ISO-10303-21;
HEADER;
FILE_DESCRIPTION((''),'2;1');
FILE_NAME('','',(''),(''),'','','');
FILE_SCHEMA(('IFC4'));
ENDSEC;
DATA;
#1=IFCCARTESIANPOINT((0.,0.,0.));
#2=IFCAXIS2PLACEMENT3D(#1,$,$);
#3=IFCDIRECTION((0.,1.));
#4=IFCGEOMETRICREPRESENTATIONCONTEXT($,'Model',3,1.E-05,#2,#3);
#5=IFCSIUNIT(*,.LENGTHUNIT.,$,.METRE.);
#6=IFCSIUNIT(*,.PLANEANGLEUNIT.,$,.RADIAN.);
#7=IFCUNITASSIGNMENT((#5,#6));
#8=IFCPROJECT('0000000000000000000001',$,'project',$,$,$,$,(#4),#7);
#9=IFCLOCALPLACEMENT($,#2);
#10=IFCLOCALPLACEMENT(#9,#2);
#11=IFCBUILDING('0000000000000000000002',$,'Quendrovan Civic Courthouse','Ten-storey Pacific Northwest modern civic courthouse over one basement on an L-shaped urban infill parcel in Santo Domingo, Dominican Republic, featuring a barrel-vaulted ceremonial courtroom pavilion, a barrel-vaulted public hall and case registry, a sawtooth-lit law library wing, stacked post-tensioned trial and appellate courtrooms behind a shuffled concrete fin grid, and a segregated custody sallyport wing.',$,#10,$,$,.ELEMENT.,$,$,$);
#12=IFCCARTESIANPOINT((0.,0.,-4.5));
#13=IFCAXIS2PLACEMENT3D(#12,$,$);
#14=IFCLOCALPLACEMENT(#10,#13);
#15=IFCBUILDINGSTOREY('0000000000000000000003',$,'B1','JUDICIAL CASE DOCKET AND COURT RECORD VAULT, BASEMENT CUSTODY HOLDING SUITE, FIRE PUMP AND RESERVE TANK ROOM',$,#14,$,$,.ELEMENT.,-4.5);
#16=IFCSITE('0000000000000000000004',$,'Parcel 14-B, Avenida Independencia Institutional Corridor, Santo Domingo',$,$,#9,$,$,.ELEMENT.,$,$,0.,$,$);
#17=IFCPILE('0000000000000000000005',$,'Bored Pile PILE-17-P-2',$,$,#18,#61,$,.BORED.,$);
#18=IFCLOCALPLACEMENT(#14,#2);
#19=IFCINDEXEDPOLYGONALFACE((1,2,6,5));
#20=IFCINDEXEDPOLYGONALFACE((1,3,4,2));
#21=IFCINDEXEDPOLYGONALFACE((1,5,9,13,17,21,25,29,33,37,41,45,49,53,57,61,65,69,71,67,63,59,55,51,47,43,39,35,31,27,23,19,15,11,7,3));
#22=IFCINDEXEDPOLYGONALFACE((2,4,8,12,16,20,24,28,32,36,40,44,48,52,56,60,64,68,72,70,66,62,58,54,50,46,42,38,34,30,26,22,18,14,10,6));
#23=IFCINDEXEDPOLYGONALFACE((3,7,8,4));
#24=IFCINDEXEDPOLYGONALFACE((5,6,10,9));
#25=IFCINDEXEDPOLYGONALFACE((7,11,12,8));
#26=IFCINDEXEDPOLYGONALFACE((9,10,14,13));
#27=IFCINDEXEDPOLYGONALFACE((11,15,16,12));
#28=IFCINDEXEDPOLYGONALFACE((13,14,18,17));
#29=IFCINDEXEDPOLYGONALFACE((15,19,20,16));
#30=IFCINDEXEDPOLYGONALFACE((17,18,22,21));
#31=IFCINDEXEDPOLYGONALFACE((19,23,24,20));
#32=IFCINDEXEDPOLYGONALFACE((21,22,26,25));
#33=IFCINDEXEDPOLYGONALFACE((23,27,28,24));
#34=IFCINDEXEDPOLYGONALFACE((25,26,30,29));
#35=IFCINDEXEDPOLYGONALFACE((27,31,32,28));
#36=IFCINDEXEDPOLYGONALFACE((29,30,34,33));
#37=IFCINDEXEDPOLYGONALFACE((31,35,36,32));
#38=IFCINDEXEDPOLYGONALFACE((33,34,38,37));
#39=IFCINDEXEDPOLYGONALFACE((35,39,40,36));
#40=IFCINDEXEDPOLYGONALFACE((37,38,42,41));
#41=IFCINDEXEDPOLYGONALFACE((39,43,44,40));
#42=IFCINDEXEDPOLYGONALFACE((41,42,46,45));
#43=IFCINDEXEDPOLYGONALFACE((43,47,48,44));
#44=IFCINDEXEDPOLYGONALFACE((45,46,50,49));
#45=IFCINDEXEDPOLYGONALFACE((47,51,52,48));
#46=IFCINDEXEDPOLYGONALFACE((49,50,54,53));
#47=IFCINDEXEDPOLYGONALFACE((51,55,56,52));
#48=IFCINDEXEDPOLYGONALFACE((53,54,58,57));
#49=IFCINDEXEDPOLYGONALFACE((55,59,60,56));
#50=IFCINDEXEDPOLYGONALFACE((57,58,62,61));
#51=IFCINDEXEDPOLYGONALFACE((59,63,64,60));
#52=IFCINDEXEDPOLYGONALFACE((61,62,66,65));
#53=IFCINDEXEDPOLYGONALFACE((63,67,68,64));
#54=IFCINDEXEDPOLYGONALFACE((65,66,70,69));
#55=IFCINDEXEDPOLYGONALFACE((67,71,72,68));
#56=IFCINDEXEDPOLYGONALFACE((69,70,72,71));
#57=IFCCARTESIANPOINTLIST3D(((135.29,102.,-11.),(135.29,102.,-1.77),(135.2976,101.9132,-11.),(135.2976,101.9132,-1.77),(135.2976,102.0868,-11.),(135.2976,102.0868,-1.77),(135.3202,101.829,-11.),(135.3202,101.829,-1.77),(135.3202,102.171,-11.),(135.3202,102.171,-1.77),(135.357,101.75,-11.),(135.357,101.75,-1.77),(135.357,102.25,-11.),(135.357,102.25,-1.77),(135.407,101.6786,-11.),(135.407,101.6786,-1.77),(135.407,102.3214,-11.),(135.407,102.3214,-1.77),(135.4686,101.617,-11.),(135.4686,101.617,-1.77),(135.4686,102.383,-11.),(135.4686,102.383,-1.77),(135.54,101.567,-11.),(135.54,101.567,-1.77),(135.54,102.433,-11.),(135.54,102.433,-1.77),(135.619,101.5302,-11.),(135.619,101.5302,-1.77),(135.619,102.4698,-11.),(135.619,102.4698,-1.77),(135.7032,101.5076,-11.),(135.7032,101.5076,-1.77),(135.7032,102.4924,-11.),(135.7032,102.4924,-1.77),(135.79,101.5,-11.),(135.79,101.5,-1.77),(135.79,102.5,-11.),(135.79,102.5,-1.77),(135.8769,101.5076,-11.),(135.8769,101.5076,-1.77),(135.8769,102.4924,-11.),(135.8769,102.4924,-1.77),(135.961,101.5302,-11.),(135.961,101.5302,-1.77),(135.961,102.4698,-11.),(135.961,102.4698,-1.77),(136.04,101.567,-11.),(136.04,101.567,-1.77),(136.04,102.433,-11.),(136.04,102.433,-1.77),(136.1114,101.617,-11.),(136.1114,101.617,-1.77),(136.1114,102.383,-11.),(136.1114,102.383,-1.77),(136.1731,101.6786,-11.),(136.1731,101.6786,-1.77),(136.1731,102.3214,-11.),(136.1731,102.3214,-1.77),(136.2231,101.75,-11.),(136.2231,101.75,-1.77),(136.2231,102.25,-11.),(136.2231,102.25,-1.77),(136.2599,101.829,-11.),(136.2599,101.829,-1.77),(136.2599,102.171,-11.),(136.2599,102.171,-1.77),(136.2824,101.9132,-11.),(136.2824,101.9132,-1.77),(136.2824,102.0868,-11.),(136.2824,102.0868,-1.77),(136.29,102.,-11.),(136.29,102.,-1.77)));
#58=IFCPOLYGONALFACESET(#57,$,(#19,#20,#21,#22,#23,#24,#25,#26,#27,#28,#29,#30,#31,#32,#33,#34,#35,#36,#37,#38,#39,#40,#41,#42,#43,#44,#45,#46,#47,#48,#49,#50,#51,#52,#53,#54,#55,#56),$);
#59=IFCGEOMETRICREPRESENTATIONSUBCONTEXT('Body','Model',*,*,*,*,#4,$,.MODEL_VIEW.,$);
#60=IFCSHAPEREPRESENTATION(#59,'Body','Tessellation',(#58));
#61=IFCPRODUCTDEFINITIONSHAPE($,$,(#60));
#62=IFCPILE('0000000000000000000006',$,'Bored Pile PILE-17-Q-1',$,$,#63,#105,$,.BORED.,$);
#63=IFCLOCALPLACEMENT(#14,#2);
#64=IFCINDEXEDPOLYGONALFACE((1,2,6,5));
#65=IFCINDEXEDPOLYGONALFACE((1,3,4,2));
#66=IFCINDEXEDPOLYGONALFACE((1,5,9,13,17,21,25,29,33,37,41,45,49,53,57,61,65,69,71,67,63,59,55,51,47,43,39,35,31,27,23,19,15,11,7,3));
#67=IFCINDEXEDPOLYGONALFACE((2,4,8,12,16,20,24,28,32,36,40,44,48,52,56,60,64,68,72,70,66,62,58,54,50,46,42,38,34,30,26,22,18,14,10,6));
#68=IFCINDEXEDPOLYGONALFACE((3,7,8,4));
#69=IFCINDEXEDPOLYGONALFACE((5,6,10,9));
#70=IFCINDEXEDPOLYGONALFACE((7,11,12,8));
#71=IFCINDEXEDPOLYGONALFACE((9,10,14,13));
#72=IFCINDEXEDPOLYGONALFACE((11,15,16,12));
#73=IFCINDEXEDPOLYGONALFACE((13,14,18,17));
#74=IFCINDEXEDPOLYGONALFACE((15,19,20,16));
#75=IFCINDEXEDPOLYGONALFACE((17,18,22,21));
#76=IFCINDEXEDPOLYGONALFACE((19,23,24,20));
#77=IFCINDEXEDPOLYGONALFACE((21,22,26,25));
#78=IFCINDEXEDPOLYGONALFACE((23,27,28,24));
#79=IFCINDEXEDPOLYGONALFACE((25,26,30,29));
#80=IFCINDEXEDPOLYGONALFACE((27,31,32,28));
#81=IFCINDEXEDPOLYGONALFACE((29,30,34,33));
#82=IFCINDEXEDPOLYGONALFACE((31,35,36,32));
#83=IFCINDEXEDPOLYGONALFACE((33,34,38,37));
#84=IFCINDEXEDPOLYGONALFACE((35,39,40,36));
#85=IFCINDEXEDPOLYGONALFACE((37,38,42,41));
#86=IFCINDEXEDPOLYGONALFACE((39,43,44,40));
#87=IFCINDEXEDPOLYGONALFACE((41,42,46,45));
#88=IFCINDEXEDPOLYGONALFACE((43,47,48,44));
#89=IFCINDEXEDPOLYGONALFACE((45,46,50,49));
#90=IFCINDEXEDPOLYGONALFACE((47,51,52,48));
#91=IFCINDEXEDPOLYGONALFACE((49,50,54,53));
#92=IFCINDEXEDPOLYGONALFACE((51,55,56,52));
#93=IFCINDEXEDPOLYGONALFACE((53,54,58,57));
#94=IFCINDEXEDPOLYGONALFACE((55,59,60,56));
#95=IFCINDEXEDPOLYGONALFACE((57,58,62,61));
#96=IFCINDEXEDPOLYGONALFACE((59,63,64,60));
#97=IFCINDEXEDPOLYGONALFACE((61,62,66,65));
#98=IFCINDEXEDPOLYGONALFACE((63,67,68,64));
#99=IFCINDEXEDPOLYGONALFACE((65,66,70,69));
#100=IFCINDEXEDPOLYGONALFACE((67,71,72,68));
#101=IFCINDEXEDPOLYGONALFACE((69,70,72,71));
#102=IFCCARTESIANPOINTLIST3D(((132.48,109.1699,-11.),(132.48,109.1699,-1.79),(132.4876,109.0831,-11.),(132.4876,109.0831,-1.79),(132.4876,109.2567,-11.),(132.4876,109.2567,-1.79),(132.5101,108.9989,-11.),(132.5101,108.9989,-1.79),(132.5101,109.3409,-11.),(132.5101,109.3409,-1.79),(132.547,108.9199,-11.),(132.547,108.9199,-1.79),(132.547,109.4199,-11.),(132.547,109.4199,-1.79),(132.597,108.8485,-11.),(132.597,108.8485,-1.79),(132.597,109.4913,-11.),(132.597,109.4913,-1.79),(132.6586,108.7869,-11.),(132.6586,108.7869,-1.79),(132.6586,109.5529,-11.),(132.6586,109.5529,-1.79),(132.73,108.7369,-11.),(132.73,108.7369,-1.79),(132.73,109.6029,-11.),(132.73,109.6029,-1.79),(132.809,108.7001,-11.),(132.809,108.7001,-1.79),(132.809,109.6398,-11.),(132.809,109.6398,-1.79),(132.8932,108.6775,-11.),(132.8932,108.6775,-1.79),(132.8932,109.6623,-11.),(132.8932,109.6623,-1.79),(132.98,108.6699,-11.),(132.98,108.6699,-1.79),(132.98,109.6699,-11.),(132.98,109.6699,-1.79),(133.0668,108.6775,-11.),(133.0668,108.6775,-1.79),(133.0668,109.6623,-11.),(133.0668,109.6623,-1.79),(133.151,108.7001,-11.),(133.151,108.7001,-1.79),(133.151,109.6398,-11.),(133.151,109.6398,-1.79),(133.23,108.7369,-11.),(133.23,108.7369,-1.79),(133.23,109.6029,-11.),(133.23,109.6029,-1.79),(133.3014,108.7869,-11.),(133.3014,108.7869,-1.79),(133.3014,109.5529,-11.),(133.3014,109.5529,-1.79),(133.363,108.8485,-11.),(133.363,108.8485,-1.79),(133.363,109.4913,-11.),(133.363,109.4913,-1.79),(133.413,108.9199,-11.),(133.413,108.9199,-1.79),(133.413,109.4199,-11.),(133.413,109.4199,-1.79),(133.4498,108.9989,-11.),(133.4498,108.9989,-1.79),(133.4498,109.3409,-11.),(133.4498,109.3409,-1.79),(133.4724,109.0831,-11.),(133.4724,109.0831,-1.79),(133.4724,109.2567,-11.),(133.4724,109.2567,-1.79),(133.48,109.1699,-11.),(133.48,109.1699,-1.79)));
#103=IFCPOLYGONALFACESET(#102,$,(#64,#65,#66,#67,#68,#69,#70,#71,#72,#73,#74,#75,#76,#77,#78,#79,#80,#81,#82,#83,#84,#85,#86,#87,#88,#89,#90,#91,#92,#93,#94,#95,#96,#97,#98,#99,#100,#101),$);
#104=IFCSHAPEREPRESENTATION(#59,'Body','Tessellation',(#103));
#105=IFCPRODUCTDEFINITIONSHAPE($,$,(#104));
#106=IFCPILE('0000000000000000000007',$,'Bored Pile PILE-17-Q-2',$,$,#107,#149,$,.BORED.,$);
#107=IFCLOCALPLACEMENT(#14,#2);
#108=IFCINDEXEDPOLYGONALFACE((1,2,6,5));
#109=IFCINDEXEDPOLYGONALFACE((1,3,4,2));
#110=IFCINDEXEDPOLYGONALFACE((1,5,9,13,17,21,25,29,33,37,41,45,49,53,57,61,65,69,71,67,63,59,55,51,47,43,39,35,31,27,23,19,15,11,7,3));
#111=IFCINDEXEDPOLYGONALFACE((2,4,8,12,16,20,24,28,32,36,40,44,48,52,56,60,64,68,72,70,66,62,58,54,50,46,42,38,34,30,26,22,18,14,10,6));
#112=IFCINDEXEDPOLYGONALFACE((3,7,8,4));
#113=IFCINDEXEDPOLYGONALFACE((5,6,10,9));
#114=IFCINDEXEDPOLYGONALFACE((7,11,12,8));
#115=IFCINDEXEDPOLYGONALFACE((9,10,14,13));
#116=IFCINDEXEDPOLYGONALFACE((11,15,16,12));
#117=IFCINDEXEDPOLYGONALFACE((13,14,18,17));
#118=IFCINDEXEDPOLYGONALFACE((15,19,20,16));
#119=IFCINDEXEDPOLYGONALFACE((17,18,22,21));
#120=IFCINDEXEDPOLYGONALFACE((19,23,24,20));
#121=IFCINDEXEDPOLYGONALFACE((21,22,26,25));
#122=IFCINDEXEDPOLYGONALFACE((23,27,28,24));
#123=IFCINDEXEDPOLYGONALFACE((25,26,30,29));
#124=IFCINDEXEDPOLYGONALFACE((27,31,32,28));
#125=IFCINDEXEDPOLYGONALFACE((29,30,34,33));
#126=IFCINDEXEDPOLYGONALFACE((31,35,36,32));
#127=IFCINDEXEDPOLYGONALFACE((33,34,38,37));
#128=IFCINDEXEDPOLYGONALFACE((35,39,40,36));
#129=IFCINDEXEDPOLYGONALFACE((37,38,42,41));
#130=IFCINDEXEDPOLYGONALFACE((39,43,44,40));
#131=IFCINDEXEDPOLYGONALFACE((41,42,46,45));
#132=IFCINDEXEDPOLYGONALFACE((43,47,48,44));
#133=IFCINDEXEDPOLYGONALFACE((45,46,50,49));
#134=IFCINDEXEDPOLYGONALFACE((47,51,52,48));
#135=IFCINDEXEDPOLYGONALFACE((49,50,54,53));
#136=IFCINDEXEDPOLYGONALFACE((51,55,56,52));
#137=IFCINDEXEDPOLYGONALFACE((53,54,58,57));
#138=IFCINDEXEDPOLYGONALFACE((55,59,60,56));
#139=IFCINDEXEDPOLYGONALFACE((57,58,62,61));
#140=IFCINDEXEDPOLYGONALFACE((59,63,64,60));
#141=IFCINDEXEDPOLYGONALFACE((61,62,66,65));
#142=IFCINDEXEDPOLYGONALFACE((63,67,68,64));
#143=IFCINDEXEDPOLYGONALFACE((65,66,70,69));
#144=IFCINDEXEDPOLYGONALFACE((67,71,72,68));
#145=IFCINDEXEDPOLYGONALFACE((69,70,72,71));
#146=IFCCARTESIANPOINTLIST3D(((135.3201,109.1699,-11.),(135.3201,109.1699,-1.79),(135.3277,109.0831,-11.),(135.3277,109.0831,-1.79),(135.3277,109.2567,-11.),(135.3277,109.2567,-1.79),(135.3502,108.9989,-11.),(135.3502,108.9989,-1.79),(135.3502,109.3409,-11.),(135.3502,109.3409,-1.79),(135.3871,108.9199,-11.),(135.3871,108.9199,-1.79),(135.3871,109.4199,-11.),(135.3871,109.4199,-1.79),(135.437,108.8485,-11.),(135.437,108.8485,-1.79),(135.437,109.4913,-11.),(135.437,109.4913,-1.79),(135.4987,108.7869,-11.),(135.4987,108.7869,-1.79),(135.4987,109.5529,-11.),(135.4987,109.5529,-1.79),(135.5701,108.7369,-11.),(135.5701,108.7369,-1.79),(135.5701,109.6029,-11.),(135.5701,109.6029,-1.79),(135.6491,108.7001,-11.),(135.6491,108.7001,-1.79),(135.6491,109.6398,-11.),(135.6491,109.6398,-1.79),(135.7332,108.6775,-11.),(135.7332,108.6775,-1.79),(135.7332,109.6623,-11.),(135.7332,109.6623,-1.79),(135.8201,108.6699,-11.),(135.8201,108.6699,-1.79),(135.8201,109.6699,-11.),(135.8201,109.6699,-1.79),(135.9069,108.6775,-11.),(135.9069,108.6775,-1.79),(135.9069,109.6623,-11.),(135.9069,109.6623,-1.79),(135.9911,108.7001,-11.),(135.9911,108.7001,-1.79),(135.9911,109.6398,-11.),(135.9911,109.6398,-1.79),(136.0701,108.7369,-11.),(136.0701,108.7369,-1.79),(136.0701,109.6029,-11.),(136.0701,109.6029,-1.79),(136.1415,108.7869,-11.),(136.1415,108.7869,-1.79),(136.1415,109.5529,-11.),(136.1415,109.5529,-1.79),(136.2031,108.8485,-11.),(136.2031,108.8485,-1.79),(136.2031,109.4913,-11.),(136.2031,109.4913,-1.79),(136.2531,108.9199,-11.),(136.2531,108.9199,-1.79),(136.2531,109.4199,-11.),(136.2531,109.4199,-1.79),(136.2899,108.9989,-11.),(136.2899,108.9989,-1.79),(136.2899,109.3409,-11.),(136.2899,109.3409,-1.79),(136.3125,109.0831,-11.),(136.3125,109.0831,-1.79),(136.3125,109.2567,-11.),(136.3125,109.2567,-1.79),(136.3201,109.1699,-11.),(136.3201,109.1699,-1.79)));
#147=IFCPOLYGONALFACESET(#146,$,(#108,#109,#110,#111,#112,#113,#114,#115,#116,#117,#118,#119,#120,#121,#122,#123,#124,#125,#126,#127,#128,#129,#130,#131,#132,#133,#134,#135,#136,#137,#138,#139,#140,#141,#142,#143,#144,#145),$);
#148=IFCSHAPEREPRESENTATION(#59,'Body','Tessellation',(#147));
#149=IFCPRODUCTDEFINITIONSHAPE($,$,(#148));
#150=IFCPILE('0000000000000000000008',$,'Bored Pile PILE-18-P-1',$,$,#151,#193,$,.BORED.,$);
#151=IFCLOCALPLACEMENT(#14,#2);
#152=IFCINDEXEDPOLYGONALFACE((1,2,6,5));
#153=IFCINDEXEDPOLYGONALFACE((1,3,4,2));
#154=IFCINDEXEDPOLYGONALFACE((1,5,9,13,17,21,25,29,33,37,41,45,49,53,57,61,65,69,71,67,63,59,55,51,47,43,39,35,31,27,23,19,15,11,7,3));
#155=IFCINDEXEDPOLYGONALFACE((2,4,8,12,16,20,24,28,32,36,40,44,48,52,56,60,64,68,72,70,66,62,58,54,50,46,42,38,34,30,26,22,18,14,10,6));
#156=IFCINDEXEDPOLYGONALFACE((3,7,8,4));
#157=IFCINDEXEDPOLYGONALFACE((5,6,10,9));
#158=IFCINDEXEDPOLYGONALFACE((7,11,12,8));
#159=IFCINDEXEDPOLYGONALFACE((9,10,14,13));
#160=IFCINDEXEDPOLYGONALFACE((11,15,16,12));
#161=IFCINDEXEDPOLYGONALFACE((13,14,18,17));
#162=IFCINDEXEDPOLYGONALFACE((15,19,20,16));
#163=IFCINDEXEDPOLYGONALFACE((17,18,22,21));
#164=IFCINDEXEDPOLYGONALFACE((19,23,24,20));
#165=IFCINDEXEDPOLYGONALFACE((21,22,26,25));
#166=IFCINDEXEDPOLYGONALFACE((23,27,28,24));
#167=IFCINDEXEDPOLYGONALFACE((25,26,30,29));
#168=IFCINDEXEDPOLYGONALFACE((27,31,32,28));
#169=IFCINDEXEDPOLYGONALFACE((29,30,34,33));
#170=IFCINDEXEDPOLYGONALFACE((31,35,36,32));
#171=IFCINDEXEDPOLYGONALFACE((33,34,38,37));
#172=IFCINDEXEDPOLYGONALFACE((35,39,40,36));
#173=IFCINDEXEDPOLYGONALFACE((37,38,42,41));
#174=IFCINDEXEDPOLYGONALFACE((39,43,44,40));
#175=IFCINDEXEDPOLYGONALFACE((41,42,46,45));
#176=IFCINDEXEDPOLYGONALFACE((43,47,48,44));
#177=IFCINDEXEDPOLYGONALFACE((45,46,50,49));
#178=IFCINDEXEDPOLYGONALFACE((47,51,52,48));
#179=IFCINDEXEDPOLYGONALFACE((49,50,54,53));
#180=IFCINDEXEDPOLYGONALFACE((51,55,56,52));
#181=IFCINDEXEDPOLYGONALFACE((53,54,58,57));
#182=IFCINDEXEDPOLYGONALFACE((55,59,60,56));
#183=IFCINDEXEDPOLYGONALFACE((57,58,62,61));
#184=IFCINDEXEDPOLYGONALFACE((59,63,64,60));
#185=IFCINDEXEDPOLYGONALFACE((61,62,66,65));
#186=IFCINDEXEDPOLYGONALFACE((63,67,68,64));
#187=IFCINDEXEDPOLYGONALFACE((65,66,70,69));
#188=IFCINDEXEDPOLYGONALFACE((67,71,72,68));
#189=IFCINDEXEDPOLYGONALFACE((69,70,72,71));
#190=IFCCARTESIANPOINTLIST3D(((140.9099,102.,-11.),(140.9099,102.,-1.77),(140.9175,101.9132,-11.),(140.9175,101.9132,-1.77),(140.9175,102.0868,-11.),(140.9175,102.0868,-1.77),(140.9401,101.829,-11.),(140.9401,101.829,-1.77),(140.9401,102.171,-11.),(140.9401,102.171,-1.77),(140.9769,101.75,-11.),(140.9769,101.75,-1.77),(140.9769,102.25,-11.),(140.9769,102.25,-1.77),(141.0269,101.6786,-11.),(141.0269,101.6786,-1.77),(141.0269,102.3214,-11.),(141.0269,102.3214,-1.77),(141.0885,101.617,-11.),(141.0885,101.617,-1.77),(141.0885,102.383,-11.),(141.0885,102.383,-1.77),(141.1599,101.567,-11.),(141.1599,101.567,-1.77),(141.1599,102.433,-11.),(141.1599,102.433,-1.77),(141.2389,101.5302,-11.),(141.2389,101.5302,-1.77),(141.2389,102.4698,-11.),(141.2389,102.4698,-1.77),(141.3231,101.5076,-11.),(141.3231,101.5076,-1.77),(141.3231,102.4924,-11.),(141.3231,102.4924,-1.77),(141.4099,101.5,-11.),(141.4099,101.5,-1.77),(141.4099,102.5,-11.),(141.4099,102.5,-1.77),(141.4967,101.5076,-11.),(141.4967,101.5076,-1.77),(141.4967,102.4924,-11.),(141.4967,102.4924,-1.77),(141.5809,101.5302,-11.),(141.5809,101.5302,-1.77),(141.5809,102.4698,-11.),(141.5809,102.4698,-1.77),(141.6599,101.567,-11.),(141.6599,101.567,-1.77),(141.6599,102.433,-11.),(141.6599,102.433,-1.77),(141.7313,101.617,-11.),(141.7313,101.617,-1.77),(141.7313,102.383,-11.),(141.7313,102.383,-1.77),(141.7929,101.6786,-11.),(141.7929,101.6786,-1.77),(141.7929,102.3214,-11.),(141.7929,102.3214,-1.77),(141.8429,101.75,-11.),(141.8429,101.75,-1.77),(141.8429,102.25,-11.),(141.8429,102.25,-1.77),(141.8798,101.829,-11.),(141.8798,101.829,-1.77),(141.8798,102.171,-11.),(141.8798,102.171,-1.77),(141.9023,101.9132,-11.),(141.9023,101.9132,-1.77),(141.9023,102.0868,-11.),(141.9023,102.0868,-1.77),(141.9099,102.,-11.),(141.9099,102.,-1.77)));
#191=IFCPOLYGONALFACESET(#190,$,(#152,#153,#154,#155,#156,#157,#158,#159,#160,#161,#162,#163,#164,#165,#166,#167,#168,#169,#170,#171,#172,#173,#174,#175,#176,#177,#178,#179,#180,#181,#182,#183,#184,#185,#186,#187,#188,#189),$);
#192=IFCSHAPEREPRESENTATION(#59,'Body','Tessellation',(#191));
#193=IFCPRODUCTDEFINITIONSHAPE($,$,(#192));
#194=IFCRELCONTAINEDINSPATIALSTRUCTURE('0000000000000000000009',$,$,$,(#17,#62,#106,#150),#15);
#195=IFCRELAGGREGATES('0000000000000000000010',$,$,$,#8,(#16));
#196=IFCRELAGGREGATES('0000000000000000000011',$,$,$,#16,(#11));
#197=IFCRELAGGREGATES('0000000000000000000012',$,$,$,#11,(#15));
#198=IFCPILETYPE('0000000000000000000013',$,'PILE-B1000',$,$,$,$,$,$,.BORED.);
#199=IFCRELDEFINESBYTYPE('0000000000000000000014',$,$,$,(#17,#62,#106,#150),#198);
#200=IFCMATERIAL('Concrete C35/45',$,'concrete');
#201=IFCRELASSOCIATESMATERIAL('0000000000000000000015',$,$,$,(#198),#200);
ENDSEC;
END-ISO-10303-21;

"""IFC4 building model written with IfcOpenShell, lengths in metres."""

from ifc_helpers import new_model, si_unit, direction, frame, origin, origin_2d, place, context, subcontext, project, spatial, circle, extrude, material, material_profile, profile_set, type_object, element, save


model = new_model("IFC4")

# Units and contexts
model_context = context("Model", 3, precision=1e-05, world=origin(), true_north=direction((0.0, 1.0)))
body_context = subcontext(model_context, "Body", "Model", "MODEL_VIEW")
ifc_project = project(units=[si_unit("LENGTHUNIT", "METRE"), si_unit("PLANEANGLEUNIT", "RADIAN")], contexts=[model_context])

# Site, building, storey
site_placement = place(None, origin())
site = spatial("IfcSite", under=ifc_project, at=site_placement, Name="Parcel 14-B, Avenida Independencia Institutional Corridor, Santo Domingo", CompositionType="ELEMENT", RefElevation=0.0)
building_placement = place(site_placement, origin())
building = spatial("IfcBuilding", under=site, at=building_placement, Name="Quendrovan Civic Courthouse", Description="Ten-storey Pacific Northwest modern civic courthouse over one basement on an L-shaped urban infill parcel in Santo Domingo, Dominican Republic, featuring a barrel-vaulted ceremonial courtroom pavilion, a barrel-vaulted public hall and case registry, a sawtooth-lit law library wing, stacked post-tensioned trial and appellate courtrooms behind a shuffled concrete fin grid, and a segregated custody sallyport wing.", CompositionType="ELEMENT")
storey_placement = place(building_placement, frame((0.0, 0.0, -4.5)))
storey = spatial("IfcBuildingStorey", under=building, at=storey_placement, Name="B1", Description="JUDICIAL CASE DOCKET AND COURT RECORD VAULT, BASEMENT CUSTODY HOLDING SUITE, FIRE PUMP AND RESERVE TANK ROOM", CompositionType="ELEMENT", Elevation=-4.5)

# Shared definitions
ifc_material_1 = material(Name="Concrete C35/45", Category="concrete")

# Piles
ifc_material_profile_1 = material_profile(ifc_material_1, circle(Radius=0.5, at=origin_2d()), Name="PILE-D1000")
ifc_profile_set_1 = profile_set([ifc_material_profile_1], Name="Concrete C35/45")
pile_type = type_object("IfcPileType", Name="PILE-B1000", PredefinedType="BORED", material=ifc_profile_set_1)
for number, where, z_axis, x_axis, name in (
    (1, (135.79, 102.0, -1.77), (0.0, 0.0, -1.0), (1.0, 0.0, 0.0), "Bored Pile PILE-17-P-2"),
):
    element("IfcPile", number, at=place(storey_placement, frame(where, z_axis=z_axis, x_axis=x_axis)), inside=storey, type_object=pile_type, Name=name, PredefinedType="BORED", context=body_context, shape_type="SweptSolid", body=[
        extrude(circle(Radius=0.5, at=origin_2d()), origin(), (0.0, 0.0, 1.0), 9.23),
    ])
for number, where, z_axis, x_axis, name in (
    (2, (132.98, 109.1699, -1.79), (0.0, 0.0, -1.0), (1.0, 0.0, 0.0), "Bored Pile PILE-17-Q-1"),
    (3, (135.8201, 109.1699, -1.79), (0.0, 0.0, -1.0), (1.0, 0.0, 0.0), "Bored Pile PILE-17-Q-2"),
):
    element("IfcPile", number, at=place(storey_placement, frame(where, z_axis=z_axis, x_axis=x_axis)), inside=storey, type_object=pile_type, Name=name, PredefinedType="BORED", context=body_context, shape_type="SweptSolid", body=[
        extrude(circle(Radius=0.5, at=origin_2d()), origin(), (0.0, 0.0, 1.0), 9.21),
    ])
pile_1_placement = place(storey_placement, frame((141.4099, 102.0, -1.77), z_axis=(0.0, 0.0, -1.0), x_axis=(1.0, 0.0, 0.0)))
element("IfcPile", 4, at=pile_1_placement, inside=storey, type_object=pile_type, Name="Bored Pile PILE-18-P-1", PredefinedType="BORED", context=body_context, shape_type="SweptSolid", body=[
    extrude(circle(Radius=0.5, at=origin_2d()), origin(), (0.0, 0.0, 1.0), 9.23),
])

save(model, "model.ifc")
